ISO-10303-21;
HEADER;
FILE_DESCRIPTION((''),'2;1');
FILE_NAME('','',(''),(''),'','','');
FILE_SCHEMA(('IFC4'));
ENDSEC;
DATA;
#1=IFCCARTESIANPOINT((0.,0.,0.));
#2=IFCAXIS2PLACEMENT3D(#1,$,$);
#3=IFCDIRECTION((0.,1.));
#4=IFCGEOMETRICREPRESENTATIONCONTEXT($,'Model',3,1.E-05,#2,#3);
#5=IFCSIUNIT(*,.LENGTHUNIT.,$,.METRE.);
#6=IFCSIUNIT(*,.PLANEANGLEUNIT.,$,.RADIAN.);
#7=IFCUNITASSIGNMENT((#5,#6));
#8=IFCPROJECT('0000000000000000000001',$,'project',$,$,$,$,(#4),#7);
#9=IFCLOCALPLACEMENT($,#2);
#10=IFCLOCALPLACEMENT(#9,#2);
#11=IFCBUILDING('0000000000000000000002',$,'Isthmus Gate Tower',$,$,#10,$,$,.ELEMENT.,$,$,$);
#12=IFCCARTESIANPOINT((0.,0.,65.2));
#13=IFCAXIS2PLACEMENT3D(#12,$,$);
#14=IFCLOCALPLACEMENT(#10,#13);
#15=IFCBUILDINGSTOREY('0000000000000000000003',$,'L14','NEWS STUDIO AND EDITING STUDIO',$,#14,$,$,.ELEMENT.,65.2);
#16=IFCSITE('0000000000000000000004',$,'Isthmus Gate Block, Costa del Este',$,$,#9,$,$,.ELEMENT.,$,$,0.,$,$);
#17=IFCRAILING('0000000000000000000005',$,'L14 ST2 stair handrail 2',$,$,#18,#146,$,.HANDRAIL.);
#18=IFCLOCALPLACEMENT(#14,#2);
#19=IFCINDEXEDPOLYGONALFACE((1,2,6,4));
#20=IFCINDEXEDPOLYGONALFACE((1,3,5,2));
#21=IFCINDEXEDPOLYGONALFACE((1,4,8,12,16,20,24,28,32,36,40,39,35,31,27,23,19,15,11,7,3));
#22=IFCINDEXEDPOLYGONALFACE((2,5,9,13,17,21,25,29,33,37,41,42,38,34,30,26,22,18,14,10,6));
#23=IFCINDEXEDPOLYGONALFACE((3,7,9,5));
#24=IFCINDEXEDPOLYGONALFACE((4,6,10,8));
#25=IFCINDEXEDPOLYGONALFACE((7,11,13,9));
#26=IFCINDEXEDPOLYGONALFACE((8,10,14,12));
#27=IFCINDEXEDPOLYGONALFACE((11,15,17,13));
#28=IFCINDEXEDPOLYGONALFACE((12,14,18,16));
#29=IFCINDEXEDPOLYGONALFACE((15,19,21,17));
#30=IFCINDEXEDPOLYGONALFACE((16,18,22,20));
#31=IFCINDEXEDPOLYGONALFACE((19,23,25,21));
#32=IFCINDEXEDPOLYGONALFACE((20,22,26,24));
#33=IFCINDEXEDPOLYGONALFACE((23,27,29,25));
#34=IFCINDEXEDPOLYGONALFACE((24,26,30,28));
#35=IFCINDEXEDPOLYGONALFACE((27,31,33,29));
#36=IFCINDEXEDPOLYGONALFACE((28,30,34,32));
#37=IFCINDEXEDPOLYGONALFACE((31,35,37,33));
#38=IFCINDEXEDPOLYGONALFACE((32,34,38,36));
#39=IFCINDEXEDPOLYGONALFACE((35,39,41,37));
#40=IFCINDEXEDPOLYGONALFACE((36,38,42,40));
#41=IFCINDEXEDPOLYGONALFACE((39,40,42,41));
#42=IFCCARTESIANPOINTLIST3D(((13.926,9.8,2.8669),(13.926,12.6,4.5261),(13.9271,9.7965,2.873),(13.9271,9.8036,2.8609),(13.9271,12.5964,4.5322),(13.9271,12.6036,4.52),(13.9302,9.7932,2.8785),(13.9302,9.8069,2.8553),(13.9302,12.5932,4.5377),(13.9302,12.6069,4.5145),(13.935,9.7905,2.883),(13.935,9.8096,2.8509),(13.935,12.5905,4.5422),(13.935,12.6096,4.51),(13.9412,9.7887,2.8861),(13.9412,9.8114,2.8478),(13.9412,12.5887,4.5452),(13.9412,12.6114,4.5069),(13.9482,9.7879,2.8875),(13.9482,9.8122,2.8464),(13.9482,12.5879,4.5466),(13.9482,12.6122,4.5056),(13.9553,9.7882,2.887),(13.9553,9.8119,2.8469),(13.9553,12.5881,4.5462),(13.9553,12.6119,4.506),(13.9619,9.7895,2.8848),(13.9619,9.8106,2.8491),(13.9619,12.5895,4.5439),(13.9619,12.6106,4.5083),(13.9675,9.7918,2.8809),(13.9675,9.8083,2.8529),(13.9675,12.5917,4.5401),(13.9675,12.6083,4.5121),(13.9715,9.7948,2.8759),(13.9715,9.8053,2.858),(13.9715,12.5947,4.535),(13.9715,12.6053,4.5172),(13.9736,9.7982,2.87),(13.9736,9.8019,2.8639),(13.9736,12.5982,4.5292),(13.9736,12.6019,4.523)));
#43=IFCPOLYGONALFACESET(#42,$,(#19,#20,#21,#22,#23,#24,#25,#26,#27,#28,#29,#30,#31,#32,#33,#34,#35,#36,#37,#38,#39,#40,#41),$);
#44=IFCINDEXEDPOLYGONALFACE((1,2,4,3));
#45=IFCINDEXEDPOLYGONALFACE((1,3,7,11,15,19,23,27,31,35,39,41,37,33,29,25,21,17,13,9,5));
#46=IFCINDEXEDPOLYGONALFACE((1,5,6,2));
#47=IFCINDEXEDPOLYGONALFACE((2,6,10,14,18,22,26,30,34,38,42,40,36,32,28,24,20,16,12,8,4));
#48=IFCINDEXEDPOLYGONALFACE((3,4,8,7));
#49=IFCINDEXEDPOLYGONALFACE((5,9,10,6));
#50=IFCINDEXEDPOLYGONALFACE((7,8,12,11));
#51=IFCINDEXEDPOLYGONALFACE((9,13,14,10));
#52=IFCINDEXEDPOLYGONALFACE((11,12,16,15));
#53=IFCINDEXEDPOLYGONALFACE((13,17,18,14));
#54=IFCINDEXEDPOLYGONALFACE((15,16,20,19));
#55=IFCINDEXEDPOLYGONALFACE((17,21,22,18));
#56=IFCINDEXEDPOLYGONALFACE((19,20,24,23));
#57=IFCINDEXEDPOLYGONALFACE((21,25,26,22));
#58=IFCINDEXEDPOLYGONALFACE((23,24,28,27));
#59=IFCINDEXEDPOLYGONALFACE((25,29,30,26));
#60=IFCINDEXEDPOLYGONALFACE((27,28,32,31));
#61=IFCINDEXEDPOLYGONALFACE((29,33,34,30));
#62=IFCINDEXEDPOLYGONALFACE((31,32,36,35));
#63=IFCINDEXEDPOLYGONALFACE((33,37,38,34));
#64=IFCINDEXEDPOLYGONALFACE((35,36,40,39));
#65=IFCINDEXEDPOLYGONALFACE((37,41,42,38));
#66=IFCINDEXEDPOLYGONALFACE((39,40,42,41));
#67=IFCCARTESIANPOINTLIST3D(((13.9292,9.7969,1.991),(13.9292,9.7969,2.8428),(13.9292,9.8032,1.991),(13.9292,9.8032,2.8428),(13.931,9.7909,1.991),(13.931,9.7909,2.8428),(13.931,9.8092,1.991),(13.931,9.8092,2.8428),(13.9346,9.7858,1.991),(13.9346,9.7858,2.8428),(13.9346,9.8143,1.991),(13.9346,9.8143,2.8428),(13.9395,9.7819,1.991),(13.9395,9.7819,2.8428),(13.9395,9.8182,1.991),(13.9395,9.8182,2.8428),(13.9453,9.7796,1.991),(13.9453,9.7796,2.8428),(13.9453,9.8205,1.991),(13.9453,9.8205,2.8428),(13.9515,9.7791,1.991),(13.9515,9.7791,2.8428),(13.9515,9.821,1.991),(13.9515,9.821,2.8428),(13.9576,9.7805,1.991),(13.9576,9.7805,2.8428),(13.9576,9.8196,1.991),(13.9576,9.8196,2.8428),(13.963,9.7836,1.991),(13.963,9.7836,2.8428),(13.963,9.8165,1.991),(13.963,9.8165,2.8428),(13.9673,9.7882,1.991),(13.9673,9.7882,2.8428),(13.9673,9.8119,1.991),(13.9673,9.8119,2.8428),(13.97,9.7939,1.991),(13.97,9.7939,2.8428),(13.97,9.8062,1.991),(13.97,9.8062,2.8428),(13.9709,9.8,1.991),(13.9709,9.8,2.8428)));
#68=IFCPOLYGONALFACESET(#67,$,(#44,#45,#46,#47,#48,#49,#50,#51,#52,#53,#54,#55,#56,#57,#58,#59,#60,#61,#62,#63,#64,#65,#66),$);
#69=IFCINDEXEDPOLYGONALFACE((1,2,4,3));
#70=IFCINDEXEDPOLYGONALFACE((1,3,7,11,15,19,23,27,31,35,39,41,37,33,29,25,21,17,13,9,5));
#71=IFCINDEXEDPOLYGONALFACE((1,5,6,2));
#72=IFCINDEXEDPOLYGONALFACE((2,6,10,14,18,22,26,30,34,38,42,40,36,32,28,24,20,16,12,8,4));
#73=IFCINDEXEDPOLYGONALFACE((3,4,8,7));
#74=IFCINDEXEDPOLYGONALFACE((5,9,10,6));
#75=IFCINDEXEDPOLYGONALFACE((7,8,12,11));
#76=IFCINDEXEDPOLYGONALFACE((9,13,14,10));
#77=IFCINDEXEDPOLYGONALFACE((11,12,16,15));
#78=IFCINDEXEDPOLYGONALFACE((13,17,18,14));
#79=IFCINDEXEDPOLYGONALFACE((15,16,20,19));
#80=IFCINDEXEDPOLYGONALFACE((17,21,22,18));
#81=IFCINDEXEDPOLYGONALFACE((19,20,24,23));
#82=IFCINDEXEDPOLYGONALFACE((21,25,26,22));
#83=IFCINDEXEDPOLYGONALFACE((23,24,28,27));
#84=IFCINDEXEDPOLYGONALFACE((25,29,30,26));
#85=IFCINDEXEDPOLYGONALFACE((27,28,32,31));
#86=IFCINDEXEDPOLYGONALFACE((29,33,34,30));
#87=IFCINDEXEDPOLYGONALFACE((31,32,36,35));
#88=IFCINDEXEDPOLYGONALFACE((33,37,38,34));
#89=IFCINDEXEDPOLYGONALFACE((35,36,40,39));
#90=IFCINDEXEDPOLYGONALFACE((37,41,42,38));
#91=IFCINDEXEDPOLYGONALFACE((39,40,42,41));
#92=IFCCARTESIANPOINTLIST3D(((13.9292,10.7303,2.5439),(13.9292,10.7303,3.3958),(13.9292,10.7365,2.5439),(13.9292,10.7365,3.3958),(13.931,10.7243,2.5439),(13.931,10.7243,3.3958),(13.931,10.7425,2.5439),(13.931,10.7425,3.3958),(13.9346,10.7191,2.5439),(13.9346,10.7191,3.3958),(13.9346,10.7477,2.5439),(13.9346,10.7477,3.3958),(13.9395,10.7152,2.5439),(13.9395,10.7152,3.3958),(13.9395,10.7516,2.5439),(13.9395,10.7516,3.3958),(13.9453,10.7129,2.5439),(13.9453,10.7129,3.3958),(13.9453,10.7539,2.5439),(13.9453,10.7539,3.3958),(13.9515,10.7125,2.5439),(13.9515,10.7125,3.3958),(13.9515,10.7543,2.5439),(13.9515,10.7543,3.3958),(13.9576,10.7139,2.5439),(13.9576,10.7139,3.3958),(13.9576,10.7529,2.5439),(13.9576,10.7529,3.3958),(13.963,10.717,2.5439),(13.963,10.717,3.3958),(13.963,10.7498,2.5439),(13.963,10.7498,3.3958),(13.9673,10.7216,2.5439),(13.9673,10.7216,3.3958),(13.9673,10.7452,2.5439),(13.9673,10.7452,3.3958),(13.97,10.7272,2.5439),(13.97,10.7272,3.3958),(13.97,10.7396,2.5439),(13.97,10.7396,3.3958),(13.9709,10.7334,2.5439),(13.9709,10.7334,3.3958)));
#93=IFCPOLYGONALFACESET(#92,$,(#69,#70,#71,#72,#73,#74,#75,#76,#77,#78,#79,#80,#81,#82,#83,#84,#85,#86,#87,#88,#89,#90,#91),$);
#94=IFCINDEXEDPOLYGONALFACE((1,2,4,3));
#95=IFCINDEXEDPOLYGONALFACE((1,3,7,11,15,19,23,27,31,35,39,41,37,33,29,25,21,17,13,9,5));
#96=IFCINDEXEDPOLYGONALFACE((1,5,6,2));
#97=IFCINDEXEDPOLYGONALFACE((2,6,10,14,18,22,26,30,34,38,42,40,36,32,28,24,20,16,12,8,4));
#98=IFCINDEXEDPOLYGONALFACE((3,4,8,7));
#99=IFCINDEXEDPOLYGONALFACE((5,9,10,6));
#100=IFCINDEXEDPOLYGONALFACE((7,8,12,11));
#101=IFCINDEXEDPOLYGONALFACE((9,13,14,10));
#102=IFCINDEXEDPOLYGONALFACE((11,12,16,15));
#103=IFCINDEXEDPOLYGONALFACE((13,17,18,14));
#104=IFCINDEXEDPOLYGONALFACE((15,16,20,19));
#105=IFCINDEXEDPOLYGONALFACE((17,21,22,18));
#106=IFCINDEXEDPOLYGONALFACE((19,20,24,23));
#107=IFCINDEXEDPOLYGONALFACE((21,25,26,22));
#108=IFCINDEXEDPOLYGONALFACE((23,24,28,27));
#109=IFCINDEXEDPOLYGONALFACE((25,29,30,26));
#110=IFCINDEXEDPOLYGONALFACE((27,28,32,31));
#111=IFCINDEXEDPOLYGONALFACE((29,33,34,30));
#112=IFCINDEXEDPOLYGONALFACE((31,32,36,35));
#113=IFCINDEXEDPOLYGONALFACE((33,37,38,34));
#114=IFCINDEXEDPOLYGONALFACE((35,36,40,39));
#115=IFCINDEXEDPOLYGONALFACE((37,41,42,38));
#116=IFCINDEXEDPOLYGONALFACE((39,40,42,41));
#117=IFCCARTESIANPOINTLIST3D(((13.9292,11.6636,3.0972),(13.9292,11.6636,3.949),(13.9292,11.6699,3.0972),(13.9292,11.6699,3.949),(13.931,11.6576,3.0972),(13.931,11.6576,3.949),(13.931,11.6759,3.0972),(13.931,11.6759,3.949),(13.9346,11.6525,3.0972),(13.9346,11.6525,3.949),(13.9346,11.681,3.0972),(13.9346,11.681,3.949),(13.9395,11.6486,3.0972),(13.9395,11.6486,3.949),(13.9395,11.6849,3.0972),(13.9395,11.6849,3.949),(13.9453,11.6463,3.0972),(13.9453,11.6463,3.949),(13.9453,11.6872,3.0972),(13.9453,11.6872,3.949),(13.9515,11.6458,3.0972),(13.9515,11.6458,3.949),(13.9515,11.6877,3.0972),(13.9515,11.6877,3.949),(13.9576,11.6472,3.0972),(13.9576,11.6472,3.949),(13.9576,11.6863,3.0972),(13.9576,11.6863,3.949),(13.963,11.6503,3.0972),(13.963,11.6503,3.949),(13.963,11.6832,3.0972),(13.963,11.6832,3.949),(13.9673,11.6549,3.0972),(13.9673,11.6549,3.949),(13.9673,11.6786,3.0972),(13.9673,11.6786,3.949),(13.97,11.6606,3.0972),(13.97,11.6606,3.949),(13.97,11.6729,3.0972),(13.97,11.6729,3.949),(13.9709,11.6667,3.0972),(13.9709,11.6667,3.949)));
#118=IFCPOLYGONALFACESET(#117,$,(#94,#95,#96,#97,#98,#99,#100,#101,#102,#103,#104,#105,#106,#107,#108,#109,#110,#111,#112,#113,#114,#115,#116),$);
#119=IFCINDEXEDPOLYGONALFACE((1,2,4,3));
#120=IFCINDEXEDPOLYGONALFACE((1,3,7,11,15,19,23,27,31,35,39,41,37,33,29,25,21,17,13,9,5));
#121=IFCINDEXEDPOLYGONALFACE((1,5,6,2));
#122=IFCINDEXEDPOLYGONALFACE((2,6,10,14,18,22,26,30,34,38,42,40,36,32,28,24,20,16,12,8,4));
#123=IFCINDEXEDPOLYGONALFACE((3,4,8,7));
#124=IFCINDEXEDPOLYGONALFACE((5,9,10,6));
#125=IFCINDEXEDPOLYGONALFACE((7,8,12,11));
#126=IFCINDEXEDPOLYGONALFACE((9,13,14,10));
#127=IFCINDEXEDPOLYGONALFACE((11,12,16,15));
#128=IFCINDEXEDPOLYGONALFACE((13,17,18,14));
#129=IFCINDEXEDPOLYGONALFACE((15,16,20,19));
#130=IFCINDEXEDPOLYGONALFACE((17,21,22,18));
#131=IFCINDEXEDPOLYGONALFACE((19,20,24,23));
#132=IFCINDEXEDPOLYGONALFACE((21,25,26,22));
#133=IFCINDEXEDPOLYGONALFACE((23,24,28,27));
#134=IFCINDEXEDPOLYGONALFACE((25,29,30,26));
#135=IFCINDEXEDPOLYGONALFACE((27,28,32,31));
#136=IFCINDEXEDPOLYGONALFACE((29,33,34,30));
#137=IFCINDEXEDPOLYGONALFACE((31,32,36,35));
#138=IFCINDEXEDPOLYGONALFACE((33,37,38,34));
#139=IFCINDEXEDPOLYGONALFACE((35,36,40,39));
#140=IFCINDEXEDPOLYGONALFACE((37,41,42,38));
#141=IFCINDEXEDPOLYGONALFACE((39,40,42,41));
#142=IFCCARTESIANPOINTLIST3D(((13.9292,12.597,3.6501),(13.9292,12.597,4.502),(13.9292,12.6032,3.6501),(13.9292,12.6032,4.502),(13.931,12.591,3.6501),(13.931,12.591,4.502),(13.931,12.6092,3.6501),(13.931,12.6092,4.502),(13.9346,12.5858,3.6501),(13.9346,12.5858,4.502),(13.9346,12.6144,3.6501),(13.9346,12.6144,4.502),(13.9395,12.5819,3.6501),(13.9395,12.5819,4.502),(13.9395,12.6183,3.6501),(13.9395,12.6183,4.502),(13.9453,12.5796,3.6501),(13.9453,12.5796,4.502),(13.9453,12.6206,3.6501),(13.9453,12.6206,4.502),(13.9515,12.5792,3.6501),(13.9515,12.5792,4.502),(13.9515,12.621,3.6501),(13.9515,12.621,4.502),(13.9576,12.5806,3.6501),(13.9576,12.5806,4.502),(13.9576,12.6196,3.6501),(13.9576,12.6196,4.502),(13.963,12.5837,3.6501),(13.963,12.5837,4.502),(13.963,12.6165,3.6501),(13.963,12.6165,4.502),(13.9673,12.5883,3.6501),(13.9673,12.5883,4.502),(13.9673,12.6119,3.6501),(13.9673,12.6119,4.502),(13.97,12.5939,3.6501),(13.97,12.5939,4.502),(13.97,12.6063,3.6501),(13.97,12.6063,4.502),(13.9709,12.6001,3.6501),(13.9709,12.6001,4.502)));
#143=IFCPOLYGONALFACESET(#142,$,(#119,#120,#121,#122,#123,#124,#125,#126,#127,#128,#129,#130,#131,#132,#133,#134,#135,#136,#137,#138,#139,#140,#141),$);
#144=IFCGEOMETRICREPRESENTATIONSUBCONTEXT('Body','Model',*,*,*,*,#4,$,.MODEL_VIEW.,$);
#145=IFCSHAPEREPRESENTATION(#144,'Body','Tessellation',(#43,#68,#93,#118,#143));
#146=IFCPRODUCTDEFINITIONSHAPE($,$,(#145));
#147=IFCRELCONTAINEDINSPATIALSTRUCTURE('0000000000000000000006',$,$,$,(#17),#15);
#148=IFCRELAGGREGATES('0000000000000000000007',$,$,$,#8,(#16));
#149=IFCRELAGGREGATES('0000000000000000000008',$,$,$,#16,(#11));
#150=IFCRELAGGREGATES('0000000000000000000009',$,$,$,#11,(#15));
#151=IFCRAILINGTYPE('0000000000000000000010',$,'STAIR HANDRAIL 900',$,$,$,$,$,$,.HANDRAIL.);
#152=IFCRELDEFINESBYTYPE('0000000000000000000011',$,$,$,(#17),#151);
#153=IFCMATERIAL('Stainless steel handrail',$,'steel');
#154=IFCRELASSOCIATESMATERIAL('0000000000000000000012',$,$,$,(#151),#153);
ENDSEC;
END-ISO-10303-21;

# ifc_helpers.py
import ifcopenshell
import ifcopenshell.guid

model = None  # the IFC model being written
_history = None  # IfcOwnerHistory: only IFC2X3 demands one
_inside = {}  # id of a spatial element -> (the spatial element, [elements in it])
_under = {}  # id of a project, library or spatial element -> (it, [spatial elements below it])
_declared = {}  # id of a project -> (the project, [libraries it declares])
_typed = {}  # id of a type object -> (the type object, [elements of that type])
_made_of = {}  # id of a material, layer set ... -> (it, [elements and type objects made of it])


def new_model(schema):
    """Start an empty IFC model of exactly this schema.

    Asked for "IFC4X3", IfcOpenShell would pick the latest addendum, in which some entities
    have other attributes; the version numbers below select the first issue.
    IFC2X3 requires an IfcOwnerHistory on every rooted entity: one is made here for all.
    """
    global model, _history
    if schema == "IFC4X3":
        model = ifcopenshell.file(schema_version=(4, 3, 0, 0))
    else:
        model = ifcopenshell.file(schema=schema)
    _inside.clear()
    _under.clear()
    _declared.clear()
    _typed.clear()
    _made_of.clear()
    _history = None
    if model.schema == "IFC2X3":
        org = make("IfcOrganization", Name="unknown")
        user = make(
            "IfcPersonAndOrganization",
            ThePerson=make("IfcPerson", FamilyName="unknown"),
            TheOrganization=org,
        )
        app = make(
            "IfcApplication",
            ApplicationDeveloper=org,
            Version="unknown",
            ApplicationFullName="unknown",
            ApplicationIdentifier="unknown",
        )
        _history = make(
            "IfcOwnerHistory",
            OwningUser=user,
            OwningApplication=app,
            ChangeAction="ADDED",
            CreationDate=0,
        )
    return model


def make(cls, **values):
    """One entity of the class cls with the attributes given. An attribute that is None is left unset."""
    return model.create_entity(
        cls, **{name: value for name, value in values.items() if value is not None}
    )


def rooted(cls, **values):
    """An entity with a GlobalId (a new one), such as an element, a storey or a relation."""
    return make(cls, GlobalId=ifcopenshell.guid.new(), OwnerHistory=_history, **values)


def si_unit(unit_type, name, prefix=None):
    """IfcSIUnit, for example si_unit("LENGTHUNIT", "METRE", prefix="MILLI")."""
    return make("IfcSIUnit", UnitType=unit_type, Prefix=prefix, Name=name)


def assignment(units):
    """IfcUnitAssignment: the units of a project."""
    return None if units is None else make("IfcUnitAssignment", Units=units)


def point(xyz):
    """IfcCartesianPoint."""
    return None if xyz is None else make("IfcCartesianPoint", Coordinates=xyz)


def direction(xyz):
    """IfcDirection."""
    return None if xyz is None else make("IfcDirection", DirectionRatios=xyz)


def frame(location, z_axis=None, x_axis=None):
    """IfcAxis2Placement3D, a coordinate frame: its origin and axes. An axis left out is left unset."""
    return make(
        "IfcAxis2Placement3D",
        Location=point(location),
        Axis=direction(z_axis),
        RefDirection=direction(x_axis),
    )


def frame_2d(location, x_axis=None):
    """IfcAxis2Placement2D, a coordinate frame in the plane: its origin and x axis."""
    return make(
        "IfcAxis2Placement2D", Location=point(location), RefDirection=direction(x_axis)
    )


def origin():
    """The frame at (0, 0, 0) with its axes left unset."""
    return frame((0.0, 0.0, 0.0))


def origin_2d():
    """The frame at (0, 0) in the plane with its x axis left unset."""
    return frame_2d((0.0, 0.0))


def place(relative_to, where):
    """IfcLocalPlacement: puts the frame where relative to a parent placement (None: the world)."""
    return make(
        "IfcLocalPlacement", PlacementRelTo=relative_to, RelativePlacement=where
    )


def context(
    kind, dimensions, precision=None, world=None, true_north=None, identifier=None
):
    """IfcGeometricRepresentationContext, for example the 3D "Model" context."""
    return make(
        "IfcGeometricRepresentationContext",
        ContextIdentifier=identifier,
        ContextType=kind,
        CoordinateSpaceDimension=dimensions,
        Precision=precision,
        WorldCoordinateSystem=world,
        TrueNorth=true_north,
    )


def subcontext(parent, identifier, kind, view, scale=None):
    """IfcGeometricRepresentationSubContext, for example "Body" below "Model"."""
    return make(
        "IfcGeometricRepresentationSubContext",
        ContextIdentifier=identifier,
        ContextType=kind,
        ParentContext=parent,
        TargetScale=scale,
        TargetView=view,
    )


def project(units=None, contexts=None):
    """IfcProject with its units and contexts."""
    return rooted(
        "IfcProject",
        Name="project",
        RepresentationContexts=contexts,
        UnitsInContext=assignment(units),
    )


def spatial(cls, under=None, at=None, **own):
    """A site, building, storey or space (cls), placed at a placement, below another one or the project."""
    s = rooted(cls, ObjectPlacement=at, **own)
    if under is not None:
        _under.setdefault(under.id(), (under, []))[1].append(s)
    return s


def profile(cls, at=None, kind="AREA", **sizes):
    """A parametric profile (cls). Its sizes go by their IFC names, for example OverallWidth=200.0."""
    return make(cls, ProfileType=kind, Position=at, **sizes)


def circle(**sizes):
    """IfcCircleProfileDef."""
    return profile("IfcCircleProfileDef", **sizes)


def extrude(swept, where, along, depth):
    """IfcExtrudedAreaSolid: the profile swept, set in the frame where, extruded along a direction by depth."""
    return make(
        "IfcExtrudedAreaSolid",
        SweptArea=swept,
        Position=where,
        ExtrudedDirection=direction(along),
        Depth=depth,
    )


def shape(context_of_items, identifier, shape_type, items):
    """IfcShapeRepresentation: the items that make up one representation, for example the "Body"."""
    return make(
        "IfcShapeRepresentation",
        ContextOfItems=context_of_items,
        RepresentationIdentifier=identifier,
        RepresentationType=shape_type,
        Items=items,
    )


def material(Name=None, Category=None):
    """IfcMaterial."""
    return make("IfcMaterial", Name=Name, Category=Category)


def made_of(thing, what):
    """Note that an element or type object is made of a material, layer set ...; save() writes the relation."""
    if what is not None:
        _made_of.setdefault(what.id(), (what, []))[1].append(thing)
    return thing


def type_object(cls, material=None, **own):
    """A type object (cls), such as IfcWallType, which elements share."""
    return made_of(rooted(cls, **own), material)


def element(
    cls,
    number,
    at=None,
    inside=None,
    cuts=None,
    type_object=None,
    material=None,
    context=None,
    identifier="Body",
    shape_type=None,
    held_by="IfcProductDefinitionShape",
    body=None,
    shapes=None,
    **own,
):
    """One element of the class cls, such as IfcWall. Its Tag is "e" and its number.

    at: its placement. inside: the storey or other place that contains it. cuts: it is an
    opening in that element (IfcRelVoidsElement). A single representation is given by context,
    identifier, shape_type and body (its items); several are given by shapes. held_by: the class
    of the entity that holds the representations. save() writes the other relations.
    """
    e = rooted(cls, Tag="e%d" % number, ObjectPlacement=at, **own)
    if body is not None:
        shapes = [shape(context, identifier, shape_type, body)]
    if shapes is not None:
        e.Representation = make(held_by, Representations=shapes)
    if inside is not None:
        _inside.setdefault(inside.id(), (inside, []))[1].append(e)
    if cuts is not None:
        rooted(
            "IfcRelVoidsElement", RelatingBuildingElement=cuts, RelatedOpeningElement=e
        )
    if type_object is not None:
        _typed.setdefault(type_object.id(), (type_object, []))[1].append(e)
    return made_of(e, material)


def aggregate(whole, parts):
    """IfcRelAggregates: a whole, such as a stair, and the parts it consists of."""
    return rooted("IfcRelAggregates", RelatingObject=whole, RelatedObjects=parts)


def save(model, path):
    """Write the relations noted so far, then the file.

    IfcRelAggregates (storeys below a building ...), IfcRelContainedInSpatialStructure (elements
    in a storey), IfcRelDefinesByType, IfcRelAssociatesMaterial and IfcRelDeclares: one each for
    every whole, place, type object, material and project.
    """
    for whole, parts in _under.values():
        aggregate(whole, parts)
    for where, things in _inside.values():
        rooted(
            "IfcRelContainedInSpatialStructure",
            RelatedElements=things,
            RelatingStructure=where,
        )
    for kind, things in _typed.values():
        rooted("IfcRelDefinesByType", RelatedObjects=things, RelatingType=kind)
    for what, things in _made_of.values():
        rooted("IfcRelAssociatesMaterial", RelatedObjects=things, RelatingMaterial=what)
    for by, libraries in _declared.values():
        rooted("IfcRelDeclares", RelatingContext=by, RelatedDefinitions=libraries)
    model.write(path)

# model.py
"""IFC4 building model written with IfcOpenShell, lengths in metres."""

from ifc_helpers import new_model, si_unit, direction, frame, origin, origin_2d, place, context, subcontext, project, spatial, circle, extrude, material, type_object, element, save


model = new_model("IFC4")

# Units and contexts
model_context = context("Model", 3, precision=1e-05, world=origin(), true_north=direction((0.0, 1.0)))
body_context = subcontext(model_context, "Body", "Model", "MODEL_VIEW")
ifc_project = project(units=[si_unit("LENGTHUNIT", "METRE"), si_unit("PLANEANGLEUNIT", "RADIAN")], contexts=[model_context])

# Site, building, storey
site_placement = place(None, origin())
site = spatial("IfcSite", under=ifc_project, at=site_placement, Name="Isthmus Gate Block, Costa del Este", CompositionType="ELEMENT", RefElevation=0.0)
building_placement = place(site_placement, origin())
building = spatial("IfcBuilding", under=site, at=building_placement, Name="Isthmus Gate Tower", CompositionType="ELEMENT")
storey_placement = place(building_placement, frame((0.0, 0.0, 65.2)))
storey = spatial("IfcBuildingStorey", under=building, at=storey_placement, Name="L14", Description="NEWS STUDIO AND EDITING STUDIO", CompositionType="ELEMENT", Elevation=65.2)

# Railing
ifc_material_1 = material(Name="Stainless steel handrail", Category="steel")
railing_type = type_object("IfcRailingType", Name="STAIR HANDRAIL 900", PredefinedType="HANDRAIL", material=ifc_material_1)
railing_1_placement = place(storey_placement, frame((13.95, 9.8, 1.991)))
element("IfcRailing", 1, at=railing_1_placement, inside=storey, type_object=railing_type, Name="L14 ST2 stair handrail 2", PredefinedType="HANDRAIL", context=body_context, shape_type="SweptSolid", body=[
    extrude(circle(Radius=0.0239, at=origin_2d()), frame((0.0, 0.0, 0.876), z_axis=(0.0, 0.860306, 0.509778), x_axis=(-1.0, 0.0, 0.0)), (0.0, 0.0, 1.0), 3.2546),
    extrude(circle(Radius=0.021, at=origin_2d()), origin(), (0.0, 0.0, 1.0), 0.8518),
    extrude(circle(Radius=0.021, at=origin_2d()), frame((0.0, 0.9333, 0.553)), (0.0, 0.0, 1.0), 0.8518),
    extrude(circle(Radius=0.021, at=origin_2d()), frame((0.0, 1.8667, 1.1062)), (0.0, 0.0, 1.0), 0.8518),
    extrude(circle(Radius=0.021, at=origin_2d()), frame((0.0, 2.8, 1.6592)), (0.0, 0.0, 1.0), 0.8518),
])

save(model, "model.ifc")
